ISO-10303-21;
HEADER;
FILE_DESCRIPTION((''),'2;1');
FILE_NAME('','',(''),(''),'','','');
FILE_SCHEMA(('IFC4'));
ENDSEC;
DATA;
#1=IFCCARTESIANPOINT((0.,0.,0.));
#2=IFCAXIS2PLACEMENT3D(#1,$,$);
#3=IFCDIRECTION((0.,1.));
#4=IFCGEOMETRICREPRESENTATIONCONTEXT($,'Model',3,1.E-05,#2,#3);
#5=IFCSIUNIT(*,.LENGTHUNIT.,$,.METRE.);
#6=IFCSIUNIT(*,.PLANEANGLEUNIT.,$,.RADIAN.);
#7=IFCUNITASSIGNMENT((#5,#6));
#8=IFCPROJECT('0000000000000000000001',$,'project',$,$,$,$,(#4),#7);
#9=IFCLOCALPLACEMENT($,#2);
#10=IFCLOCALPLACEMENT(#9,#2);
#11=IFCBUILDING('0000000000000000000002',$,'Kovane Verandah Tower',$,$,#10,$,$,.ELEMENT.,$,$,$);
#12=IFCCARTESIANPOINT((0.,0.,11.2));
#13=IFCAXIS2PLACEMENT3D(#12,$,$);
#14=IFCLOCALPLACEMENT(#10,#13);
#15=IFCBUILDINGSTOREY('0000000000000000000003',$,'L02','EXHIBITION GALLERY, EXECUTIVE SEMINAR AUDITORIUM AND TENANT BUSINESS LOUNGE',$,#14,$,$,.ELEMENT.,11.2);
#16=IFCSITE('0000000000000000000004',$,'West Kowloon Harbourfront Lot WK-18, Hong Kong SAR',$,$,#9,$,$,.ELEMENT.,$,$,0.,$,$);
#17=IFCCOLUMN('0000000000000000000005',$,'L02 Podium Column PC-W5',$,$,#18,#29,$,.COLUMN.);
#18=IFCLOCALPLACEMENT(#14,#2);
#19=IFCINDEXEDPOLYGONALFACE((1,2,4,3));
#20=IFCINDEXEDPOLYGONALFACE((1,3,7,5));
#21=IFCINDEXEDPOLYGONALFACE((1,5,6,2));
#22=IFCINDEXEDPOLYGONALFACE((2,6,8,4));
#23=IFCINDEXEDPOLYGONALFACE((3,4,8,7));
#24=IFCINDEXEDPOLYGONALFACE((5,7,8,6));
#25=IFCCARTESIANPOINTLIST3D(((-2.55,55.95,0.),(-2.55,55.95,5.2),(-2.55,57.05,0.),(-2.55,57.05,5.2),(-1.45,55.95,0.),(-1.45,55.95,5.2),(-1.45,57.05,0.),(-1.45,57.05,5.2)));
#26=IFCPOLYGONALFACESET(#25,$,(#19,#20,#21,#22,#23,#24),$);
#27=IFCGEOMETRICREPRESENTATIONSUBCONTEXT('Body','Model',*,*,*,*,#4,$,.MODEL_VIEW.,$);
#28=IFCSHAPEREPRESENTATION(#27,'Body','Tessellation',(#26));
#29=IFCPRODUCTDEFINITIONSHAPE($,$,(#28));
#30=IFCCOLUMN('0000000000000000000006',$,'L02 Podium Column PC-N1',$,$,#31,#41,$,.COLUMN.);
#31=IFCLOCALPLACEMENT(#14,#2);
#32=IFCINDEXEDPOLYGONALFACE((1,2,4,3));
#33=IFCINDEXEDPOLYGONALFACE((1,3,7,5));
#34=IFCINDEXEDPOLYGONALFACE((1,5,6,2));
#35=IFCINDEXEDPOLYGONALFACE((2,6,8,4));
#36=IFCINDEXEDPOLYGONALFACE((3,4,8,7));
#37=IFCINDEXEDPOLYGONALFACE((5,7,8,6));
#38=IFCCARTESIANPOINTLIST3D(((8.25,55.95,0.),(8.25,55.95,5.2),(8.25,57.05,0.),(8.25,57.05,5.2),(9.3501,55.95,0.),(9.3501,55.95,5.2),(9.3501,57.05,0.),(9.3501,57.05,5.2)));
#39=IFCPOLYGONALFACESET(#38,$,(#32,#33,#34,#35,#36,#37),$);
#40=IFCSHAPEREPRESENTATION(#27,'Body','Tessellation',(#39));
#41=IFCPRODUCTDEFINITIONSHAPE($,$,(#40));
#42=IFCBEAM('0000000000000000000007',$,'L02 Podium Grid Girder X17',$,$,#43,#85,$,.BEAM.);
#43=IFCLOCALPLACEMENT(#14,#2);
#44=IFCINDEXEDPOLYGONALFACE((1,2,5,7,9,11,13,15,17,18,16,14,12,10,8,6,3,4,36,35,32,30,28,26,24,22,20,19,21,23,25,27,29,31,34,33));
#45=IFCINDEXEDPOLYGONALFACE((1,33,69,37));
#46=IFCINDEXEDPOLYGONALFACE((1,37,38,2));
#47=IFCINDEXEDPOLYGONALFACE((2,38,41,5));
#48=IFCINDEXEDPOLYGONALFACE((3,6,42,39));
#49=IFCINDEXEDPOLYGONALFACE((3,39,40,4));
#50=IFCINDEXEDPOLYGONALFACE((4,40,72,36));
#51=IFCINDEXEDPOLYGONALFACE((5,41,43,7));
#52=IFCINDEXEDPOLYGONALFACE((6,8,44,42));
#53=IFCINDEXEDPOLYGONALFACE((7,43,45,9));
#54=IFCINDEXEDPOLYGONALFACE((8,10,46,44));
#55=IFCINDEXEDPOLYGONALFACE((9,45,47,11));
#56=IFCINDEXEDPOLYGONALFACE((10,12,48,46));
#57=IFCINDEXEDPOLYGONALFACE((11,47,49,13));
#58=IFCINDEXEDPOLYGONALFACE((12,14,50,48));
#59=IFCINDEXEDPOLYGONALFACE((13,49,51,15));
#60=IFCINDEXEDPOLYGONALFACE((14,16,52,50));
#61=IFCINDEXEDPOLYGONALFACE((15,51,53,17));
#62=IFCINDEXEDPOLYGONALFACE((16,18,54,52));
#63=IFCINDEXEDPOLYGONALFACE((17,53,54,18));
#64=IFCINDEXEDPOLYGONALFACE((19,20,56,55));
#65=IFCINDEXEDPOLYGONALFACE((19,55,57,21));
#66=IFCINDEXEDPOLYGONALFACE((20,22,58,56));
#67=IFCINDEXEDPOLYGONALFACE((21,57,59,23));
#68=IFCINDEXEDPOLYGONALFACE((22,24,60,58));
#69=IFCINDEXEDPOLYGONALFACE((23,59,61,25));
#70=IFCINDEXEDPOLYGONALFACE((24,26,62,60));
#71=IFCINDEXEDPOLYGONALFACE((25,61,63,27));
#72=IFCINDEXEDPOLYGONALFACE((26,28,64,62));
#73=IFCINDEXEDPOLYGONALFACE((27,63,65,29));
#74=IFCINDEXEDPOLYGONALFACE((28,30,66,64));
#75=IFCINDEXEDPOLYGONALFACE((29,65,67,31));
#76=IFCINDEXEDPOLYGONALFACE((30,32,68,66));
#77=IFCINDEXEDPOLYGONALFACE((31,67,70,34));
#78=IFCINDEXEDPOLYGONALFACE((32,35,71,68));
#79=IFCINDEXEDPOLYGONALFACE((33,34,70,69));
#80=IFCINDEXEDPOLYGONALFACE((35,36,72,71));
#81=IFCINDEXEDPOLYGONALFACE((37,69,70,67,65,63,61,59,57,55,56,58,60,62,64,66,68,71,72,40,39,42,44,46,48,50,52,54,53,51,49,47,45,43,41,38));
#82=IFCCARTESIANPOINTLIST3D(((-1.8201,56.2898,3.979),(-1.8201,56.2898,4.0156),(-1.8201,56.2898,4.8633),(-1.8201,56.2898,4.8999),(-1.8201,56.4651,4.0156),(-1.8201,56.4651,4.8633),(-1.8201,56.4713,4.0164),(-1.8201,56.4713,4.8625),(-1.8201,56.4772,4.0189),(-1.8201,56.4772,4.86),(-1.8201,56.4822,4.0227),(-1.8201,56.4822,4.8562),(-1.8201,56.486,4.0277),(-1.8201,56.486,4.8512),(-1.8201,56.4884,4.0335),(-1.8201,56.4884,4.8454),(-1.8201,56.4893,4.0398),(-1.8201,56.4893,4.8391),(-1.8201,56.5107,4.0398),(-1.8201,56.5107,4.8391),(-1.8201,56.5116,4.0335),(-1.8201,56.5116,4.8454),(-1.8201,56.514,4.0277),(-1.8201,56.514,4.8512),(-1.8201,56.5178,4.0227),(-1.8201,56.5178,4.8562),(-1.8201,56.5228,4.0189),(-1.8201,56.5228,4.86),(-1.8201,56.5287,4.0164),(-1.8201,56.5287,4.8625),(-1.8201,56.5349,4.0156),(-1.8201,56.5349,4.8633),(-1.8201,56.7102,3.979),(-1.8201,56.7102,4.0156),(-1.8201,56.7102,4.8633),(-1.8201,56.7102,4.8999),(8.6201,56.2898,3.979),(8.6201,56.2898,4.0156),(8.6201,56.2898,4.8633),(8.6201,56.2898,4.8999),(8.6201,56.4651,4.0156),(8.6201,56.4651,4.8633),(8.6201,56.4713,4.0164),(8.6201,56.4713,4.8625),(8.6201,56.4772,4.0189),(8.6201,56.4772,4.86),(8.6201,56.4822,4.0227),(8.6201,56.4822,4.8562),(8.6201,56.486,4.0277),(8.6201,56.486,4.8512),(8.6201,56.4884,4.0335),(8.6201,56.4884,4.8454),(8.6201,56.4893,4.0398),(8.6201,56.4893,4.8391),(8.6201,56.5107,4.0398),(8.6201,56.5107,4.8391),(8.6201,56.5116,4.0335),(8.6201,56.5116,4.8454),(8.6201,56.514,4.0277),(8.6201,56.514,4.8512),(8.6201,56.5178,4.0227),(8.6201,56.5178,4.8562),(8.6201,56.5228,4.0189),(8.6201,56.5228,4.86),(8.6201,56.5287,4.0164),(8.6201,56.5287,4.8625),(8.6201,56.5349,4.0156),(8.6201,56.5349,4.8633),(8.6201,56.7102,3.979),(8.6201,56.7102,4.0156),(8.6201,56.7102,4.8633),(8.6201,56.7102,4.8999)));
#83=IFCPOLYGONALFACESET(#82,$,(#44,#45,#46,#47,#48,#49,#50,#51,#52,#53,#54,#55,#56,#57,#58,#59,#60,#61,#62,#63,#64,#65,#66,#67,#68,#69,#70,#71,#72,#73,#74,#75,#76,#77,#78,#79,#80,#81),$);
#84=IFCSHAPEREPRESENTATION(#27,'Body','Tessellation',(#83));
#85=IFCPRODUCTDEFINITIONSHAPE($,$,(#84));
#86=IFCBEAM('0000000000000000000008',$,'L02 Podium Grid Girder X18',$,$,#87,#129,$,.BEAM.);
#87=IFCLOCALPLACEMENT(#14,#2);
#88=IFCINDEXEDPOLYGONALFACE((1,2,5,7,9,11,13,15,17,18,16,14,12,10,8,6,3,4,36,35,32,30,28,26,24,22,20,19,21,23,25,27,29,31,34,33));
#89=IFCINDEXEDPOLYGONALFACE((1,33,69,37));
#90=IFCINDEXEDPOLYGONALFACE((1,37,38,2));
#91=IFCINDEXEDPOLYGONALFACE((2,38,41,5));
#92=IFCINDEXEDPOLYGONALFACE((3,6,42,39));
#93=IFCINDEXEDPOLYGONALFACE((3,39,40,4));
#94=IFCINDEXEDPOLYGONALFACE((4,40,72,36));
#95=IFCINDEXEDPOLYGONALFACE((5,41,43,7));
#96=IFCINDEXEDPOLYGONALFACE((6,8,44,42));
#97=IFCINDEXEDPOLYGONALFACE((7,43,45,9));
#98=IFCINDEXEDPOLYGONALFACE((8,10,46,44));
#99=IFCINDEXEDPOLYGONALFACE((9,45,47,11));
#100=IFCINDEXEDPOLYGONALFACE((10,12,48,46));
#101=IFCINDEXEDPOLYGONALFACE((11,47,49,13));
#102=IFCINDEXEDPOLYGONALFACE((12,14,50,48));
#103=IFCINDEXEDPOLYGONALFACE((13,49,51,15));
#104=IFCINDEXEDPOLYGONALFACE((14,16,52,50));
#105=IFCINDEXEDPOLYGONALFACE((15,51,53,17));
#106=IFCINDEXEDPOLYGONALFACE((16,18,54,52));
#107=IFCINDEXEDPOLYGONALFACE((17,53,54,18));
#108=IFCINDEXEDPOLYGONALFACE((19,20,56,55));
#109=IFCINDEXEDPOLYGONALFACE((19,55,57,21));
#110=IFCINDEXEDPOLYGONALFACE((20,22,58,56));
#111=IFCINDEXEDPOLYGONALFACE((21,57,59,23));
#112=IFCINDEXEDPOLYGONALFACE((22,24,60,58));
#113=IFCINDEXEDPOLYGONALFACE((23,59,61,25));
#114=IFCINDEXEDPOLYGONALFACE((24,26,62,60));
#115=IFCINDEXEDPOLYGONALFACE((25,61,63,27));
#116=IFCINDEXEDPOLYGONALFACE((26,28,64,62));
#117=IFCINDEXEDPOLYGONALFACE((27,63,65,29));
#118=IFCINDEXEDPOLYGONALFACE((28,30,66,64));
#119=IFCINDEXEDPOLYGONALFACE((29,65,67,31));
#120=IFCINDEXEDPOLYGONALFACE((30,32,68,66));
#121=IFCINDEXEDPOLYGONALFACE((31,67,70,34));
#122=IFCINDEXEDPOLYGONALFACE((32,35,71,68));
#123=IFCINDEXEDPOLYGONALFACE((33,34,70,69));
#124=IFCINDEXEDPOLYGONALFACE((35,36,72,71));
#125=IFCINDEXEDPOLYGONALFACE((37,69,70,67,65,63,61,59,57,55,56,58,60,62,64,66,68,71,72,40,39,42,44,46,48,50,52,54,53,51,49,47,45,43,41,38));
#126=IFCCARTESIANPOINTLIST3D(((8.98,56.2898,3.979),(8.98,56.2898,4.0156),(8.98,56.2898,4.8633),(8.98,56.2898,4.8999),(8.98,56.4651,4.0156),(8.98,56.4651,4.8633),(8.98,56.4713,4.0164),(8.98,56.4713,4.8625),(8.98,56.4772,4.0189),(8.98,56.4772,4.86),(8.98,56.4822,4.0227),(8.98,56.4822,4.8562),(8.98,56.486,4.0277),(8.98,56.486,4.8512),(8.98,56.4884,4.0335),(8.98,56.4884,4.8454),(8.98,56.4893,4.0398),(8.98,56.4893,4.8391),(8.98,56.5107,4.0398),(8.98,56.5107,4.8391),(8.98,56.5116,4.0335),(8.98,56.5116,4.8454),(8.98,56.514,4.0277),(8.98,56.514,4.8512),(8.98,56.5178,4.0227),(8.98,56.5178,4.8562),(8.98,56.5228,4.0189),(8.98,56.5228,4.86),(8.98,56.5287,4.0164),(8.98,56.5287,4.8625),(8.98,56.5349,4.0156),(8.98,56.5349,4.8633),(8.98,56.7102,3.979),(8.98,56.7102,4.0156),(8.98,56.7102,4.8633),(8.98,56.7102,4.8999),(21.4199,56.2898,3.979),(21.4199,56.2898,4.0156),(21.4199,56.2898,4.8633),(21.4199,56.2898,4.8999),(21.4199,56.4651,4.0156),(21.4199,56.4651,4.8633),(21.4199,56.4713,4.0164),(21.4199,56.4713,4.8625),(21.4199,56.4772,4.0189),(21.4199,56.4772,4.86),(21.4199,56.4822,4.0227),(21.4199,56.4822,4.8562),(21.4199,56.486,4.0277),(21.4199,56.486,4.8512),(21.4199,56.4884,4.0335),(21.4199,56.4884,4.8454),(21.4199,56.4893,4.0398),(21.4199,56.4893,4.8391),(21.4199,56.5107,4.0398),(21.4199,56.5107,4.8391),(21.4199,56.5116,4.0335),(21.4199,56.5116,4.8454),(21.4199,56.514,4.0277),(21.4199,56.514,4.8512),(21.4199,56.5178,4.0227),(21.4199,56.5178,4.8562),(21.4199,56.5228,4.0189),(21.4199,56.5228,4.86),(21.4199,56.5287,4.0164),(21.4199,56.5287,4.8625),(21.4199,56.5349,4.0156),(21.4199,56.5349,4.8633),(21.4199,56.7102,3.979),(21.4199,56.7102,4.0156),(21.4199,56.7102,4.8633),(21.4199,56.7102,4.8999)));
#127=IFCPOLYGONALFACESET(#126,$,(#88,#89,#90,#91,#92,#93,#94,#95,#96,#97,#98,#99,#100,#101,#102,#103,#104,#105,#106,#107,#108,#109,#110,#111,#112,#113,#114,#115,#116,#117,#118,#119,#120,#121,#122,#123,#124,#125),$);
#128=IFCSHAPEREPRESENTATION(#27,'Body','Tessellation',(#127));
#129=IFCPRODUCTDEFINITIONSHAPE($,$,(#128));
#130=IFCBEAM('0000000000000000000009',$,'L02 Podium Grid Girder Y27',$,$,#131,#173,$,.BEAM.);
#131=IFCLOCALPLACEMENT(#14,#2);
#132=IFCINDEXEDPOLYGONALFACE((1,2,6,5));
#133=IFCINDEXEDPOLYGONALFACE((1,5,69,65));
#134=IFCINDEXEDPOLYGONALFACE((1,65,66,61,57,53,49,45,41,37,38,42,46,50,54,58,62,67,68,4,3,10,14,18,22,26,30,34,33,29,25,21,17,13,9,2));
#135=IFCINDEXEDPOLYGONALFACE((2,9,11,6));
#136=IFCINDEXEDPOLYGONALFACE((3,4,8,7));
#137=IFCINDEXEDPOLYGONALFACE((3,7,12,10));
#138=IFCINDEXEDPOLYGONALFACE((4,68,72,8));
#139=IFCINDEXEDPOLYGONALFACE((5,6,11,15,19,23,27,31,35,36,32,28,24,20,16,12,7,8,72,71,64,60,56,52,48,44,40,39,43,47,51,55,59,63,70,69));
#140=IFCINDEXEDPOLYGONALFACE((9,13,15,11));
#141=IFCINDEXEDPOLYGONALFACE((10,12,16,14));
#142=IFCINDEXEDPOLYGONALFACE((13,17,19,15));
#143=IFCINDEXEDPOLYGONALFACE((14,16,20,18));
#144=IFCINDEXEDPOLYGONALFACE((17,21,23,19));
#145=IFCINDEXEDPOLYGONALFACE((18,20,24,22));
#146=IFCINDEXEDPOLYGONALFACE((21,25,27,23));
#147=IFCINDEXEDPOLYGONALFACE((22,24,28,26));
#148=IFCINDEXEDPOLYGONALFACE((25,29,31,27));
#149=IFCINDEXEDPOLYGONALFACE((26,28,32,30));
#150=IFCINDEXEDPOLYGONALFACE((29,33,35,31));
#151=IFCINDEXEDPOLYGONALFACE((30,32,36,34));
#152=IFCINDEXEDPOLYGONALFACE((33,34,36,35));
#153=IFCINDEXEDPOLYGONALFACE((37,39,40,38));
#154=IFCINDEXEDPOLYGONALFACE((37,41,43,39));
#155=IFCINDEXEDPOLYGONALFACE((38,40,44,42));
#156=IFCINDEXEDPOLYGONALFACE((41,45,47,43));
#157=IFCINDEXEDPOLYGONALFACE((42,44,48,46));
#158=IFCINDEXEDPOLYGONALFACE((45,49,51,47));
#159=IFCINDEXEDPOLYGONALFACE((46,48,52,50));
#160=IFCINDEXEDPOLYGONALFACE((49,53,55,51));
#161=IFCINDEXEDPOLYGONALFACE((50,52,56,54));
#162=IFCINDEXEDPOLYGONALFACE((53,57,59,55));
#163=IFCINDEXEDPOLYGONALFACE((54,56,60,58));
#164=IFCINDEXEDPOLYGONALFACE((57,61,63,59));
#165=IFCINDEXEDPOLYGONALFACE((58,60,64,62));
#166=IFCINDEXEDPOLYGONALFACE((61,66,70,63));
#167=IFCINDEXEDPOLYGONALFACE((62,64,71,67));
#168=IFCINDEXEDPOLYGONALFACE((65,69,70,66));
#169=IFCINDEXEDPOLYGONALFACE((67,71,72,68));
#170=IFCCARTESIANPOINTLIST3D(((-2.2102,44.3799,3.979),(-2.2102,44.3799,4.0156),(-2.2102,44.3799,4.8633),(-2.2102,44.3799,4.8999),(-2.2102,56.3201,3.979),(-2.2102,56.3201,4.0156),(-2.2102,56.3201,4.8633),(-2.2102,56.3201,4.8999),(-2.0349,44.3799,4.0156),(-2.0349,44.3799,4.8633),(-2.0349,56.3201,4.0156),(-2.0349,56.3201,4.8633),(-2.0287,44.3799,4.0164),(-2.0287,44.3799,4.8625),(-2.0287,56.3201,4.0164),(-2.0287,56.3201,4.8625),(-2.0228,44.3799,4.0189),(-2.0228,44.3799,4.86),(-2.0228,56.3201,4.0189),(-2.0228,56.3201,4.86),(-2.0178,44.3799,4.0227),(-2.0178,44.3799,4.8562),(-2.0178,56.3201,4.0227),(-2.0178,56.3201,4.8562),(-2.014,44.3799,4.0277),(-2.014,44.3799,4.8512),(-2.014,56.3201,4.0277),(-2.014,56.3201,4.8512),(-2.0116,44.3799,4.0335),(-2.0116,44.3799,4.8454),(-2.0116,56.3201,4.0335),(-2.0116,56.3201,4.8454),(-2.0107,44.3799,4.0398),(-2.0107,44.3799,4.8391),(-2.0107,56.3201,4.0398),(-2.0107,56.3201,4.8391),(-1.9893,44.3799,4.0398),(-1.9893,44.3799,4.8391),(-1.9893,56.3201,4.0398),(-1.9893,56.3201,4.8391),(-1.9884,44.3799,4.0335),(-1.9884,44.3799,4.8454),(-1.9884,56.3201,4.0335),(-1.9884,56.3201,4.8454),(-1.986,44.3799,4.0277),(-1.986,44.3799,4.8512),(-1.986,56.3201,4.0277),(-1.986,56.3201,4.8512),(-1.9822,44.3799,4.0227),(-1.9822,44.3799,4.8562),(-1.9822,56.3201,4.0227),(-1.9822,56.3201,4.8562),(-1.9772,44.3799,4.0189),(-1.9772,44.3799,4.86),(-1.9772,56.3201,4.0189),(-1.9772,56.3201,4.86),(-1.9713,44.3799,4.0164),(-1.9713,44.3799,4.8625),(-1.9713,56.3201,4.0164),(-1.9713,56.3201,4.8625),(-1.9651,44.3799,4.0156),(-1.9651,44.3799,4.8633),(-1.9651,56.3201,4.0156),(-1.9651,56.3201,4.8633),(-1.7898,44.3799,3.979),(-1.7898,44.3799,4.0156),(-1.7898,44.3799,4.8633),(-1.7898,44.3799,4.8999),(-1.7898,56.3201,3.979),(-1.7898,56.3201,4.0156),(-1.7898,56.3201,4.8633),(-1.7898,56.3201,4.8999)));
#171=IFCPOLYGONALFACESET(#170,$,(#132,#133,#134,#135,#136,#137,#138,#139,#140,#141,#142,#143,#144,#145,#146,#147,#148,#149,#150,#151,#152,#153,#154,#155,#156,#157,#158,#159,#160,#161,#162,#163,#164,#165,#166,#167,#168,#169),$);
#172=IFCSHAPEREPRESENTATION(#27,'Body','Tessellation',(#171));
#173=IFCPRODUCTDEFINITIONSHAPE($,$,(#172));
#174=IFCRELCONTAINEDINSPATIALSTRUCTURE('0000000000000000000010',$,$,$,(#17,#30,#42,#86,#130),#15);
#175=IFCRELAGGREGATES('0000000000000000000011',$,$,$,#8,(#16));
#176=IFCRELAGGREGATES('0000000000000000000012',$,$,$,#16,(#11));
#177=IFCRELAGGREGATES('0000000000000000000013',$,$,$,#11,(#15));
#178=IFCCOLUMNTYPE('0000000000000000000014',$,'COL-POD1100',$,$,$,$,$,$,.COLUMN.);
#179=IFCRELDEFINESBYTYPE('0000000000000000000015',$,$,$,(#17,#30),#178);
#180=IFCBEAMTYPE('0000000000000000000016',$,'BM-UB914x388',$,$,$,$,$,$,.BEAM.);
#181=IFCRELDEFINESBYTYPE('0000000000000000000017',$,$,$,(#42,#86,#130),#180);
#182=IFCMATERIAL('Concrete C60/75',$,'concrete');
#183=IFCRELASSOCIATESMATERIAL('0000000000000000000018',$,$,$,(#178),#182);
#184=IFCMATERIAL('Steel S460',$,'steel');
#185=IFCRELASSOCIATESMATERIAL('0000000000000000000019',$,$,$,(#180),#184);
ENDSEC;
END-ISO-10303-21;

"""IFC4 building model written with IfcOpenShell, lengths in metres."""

from ifc_helpers import new_model, si_unit, direction, frame, origin, origin_2d, place, context, subcontext, project, spatial, rectangle, i_section, extrude, material, material_profile, profile_set, type_object, element, save


model = new_model("IFC4")

# Units and contexts
model_context = context("Model", 3, precision=1e-05, world=origin(), true_north=direction((0.0, 1.0)))
body_context = subcontext(model_context, "Body", "Model", "MODEL_VIEW")
ifc_project = project(units=[si_unit("LENGTHUNIT", "METRE"), si_unit("PLANEANGLEUNIT", "RADIAN")], contexts=[model_context])

# Site, building, storey
site_placement = place(None, origin())
site = spatial("IfcSite", under=ifc_project, at=site_placement, Name="West Kowloon Harbourfront Lot WK-18, Hong Kong SAR", CompositionType="ELEMENT", RefElevation=0.0)
building_placement = place(site_placement, origin())
building = spatial("IfcBuilding", under=site, at=building_placement, Name="Kovane Verandah Tower", CompositionType="ELEMENT")
storey_placement = place(building_placement, frame((0.0, 0.0, 11.2)))
storey = spatial("IfcBuildingStorey", under=building, at=storey_placement, Name="L02", Description="EXHIBITION GALLERY, EXECUTIVE SEMINAR AUDITORIUM AND TENANT BUSINESS LOUNGE", CompositionType="ELEMENT", Elevation=11.2)

# Columns
ifc_material_1 = material(Name="Concrete C60/75", Category="concrete")
ifc_material_profile_1 = material_profile(ifc_material_1, rectangle(XDim=1.1001, YDim=1.1001, at=origin_2d()), Name="RC1100x1100")
ifc_profile_set_1 = profile_set([ifc_material_profile_1], Name="Concrete C60/75")
column_type = type_object("IfcColumnType", Name="COL-POD1100", PredefinedType="COLUMN", material=ifc_profile_set_1)
for number, where, z_axis, x_axis, name in (
    (1, (-2.0, 56.5, 0.0), (0.0, 0.0, 1.0), (1.0, 0.0, 0.0), "L02 Podium Column PC-W5"),
    (2, (8.8, 56.5, 0.0), (0.0, 0.0, 1.0), (1.0, 0.0, 0.0), "L02 Podium Column PC-N1"),
):
    element("IfcColumn", number, at=place(storey_placement, frame(where, z_axis=z_axis, x_axis=x_axis)), inside=storey, type_object=column_type, Name=name, PredefinedType="COLUMN", context=body_context, shape_type="SweptSolid", body=[
        extrude(rectangle(XDim=1.1001, YDim=1.1001, at=origin_2d()), origin(), (0.0, 0.0, 1.0), 5.2),
    ])

# Beams
ifc_material_2 = material(Name="Steel S460", Category="steel")
ifc_material_profile_2 = material_profile(ifc_material_2, i_section(OverallWidth=0.4204, OverallDepth=0.9209, WebThickness=0.0215, FlangeThickness=0.0366, FilletRadius=0.0242, at=origin_2d()), Name="UB914x419x388")
ifc_profile_set_2 = profile_set([ifc_material_profile_2], Name="Steel S460")
beam_type_1 = type_object("IfcBeamType", Name="BM-UB914x388", PredefinedType="BEAM", material=ifc_profile_set_2)
beam_1_placement = place(storey_placement, frame((-1.8201, 56.5, 4.4395), z_axis=(1.0, 0.0, 0.0), x_axis=(0.0, 1.0, 0.0)))
element("IfcBeam", 3, at=beam_1_placement, inside=storey, type_object=beam_type_1, Name="L02 Podium Grid Girder X17", PredefinedType="BEAM", context=body_context, shape_type="SweptSolid", body=[
    extrude(i_section(OverallWidth=0.4204, OverallDepth=0.9209, WebThickness=0.0215, FlangeThickness=0.0366, FilletRadius=0.0242, at=origin_2d()), origin(), (0.0, 0.0, 1.0), 10.4402),
])
beam_2_placement = place(storey_placement, frame((8.98, 56.5, 4.4395), z_axis=(1.0, 0.0, 0.0), x_axis=(0.0, 1.0, 0.0)))
element("IfcBeam", 4, at=beam_2_placement, inside=storey, type_object=beam_type_1, Name="L02 Podium Grid Girder X18", PredefinedType="BEAM", context=body_context, shape_type="SweptSolid", body=[
    extrude(i_section(OverallWidth=0.4204, OverallDepth=0.9209, WebThickness=0.0215, FlangeThickness=0.0366, FilletRadius=0.0242, at=origin_2d()), origin(), (0.0, 0.0, 1.0), 12.4399),
])
for number, where, z_axis, x_axis, name in (
    (5, (-2.0, 44.3799, 4.4395), (0.0, 1.0, 0.0), (-1.0, 0.0, 0.0), "L02 Podium Grid Girder Y27"),
):
    element("IfcBeam", number, at=place(storey_placement, frame(where, z_axis=z_axis, x_axis=x_axis)), inside=storey, type_object=beam_type_1, Name=name, PredefinedType="BEAM", context=body_context, shape_type="SweptSolid", body=[
        extrude(i_section(OverallWidth=0.4204, OverallDepth=0.9209, WebThickness=0.0215, FlangeThickness=0.0366, FilletRadius=0.0242, at=origin_2d()), origin(), (0.0, 0.0, 1.0), 11.9402),
    ])

save(model, "model.ifc")
